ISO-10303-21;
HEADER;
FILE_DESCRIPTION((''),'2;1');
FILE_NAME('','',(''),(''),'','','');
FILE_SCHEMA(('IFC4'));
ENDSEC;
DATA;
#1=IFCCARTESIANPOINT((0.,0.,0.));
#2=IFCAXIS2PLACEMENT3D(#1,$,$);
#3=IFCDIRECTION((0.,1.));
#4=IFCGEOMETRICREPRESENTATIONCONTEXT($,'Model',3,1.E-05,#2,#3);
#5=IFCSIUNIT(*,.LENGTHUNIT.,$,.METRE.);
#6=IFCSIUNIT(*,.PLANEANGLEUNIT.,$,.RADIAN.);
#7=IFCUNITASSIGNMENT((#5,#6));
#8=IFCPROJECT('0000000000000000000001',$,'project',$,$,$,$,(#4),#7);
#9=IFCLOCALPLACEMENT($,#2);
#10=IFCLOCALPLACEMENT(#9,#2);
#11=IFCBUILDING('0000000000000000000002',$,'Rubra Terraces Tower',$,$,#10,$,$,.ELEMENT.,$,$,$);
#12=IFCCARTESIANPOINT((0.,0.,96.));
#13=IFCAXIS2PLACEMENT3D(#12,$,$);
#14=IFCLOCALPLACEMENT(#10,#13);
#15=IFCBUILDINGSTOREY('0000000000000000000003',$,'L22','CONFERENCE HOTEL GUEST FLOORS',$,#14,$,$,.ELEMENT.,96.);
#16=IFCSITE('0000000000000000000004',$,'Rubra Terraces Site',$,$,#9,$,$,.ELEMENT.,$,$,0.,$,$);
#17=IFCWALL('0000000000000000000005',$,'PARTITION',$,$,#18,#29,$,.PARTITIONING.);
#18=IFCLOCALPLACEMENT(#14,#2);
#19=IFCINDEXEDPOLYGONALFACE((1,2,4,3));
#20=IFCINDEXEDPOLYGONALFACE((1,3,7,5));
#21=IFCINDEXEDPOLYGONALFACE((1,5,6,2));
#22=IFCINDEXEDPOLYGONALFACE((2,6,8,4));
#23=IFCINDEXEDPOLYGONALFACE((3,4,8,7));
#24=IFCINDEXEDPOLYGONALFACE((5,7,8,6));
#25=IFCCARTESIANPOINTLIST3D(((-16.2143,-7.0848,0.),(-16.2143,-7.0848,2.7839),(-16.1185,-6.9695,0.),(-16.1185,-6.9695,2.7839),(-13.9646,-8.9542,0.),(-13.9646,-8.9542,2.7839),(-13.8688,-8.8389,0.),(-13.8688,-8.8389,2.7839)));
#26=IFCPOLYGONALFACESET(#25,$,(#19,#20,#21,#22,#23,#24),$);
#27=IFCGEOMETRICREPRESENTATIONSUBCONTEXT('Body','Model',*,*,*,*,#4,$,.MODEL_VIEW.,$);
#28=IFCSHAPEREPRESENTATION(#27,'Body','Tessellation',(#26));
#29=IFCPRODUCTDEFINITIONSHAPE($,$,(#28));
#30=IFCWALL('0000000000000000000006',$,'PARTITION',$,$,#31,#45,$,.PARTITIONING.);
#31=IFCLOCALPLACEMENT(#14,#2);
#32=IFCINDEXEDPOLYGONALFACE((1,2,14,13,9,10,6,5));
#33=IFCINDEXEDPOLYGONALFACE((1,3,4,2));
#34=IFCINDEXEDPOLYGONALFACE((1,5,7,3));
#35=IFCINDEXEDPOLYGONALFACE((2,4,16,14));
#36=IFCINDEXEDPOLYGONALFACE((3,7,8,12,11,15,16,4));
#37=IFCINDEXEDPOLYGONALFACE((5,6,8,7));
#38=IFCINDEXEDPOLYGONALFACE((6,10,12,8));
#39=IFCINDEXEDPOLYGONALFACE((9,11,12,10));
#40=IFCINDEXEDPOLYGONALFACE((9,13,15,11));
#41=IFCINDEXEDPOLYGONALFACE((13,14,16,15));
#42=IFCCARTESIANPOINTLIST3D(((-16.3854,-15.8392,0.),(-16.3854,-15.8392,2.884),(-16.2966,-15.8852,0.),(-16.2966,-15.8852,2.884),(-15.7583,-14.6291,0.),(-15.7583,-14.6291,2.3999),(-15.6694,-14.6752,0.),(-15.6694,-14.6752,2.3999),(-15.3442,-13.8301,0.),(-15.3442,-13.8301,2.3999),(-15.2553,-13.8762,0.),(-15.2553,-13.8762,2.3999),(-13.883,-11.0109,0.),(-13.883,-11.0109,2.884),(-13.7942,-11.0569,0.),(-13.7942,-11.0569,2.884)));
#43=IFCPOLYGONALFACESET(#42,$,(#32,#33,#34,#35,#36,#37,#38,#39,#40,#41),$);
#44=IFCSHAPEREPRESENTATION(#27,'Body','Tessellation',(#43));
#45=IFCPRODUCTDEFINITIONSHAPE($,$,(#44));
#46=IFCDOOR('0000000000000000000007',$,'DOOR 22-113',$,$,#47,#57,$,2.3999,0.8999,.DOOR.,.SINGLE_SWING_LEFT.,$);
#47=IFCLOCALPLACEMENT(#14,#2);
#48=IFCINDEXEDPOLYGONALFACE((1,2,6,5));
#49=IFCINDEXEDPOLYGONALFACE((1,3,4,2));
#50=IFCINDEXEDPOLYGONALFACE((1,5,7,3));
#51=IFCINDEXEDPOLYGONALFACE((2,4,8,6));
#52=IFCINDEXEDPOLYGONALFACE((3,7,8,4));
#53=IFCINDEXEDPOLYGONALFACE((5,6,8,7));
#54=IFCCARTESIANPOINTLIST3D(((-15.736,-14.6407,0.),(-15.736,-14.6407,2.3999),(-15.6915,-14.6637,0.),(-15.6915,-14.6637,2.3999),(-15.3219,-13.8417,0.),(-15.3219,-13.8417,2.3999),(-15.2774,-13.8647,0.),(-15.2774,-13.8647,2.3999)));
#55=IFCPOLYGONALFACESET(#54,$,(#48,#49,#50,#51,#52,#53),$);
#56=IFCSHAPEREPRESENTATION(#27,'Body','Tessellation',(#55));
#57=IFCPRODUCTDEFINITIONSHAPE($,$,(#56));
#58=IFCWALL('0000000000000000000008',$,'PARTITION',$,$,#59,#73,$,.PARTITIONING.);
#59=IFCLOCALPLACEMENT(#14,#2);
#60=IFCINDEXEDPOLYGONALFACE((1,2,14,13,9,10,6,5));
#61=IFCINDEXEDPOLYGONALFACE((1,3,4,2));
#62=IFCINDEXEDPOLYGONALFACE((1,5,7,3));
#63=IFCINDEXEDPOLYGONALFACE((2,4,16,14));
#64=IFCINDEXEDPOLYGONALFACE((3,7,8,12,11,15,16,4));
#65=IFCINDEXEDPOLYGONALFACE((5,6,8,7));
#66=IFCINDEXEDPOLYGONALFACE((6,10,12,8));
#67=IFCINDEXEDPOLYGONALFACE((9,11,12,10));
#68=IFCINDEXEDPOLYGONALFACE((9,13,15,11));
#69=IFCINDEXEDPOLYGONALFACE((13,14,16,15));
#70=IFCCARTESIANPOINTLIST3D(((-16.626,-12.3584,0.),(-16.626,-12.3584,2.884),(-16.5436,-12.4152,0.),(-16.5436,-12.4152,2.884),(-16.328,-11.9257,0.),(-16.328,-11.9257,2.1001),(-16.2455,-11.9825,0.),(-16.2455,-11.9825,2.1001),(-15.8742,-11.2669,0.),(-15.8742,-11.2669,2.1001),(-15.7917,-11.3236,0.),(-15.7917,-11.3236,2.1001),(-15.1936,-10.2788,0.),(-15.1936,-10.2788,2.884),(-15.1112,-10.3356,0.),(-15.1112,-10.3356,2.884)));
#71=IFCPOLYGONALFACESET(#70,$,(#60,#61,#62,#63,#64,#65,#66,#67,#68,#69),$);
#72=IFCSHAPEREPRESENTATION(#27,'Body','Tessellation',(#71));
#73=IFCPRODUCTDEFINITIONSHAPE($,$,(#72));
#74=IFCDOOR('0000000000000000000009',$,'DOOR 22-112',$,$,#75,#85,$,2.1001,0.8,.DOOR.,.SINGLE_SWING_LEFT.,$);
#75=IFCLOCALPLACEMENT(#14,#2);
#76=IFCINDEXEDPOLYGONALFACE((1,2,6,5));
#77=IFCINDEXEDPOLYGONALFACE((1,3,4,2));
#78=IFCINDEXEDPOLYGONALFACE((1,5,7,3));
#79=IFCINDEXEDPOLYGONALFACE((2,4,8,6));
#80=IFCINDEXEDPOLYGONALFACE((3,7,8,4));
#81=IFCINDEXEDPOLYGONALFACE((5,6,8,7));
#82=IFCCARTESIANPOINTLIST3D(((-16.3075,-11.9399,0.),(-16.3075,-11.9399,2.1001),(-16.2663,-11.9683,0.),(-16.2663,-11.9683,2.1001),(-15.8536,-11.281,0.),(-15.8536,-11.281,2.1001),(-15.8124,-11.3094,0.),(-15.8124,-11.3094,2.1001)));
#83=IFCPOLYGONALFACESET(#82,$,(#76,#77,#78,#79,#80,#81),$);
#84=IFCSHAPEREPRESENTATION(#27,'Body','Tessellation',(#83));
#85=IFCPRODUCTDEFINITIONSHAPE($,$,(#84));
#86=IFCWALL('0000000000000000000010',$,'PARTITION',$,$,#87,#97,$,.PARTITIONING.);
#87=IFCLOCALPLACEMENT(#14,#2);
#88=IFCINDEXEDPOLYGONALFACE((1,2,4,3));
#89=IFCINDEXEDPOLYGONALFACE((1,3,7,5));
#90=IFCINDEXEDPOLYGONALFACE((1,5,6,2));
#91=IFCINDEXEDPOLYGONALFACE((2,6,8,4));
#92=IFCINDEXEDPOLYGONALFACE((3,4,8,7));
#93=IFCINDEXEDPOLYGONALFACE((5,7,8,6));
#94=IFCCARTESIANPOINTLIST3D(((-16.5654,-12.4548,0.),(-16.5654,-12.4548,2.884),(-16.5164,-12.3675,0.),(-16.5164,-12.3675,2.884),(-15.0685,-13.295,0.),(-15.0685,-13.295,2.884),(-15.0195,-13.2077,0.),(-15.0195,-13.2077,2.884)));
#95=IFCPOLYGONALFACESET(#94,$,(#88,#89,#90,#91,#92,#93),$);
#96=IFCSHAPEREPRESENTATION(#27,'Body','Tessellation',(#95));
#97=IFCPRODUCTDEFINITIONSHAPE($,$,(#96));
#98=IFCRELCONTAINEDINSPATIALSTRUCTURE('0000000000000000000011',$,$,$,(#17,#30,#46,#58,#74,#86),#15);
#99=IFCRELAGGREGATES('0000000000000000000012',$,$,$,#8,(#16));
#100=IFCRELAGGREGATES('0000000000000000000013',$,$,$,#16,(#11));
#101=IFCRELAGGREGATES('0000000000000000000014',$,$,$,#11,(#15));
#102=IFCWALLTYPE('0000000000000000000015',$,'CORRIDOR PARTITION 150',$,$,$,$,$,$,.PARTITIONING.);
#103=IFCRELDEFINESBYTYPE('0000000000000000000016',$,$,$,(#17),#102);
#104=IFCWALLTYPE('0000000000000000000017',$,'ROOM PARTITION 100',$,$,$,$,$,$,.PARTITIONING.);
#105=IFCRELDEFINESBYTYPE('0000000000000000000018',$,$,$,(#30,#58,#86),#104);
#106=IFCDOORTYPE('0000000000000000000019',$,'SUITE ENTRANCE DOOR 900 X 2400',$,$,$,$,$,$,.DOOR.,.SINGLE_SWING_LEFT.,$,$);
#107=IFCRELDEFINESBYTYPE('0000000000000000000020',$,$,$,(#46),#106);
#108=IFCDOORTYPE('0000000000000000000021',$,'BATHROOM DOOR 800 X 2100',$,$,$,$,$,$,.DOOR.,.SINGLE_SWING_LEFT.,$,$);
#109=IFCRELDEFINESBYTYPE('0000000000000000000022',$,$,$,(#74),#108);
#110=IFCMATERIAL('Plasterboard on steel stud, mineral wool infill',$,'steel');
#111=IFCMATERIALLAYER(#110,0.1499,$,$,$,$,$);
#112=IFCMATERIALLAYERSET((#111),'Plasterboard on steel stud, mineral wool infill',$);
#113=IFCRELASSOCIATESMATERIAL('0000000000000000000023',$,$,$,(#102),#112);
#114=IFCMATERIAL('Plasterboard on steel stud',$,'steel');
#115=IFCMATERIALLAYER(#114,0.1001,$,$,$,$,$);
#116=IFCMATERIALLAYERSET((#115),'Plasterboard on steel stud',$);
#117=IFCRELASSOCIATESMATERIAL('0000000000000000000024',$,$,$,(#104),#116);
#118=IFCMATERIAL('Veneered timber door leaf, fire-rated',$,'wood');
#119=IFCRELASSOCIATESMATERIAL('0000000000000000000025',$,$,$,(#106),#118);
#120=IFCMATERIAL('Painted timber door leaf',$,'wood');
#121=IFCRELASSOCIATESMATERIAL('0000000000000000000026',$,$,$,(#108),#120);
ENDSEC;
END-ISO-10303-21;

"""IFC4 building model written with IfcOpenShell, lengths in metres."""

from ifc_helpers import new_model, si_unit, direction, frame, frame_2d, origin, place, context, subcontext, project, spatial, rectangle, extrude, material, layer, layer_set, type_object, element, fill, save


model = new_model("IFC4")

# Units and contexts
model_context = context("Model", 3, precision=1e-05, world=origin(), true_north=direction((0.0, 1.0)))
body_context = subcontext(model_context, "Body", "Model", "MODEL_VIEW")
ifc_project = project(units=[si_unit("LENGTHUNIT", "METRE"), si_unit("PLANEANGLEUNIT", "RADIAN")], contexts=[model_context])

# Site, building, storey
site_placement = place(None, origin())
site = spatial("IfcSite", under=ifc_project, at=site_placement, Name="Rubra Terraces Site", CompositionType="ELEMENT", RefElevation=0.0)
building_placement = place(site_placement, origin())
building = spatial("IfcBuilding", under=site, at=building_placement, Name="Rubra Terraces Tower", CompositionType="ELEMENT")
storey_placement = place(building_placement, frame((0.0, 0.0, 96.0)))
storey = spatial("IfcBuildingStorey", under=building, at=storey_placement, Name="L22", Description="CONFERENCE HOTEL GUEST FLOORS", CompositionType="ELEMENT", Elevation=96.0)

# Shared definitions
ifc_material_1 = material(Name="Plasterboard on steel stud, mineral wool infill", Category="steel")
ifc_layer_1 = layer(ifc_material_1, 0.1499)
ifc_layer_set_1 = layer_set([ifc_layer_1], Name="Plasterboard on steel stud, mineral wool infill")
wall_type_1 = type_object("IfcWallType", Name="CORRIDOR PARTITION 150", PredefinedType="PARTITIONING", material=ifc_layer_set_1)
ifc_material_2 = material(Name="Painted timber door leaf", Category="wood")

# Wall
wall_1_placement = place(storey_placement, frame((-13.9167, -8.8965, 0.0), z_axis=(0.0, 0.0, 1.0), x_axis=(-0.76913, 0.639092, 0.0)))
element("IfcWall", 1, at=wall_1_placement, inside=storey, type_object=wall_type_1, Name="PARTITION", PredefinedType="PARTITIONING", context=body_context, shape_type="SweptSolid", body=[
    extrude(rectangle(XDim=2.925, YDim=0.1499, at=frame_2d((1.4624, 0.0))), origin(), (0.0, 0.0, 1.0), 2.7839),
])

# Walls, openings, doors
ifc_material_3 = material(Name="Plasterboard on steel stud", Category="steel")
ifc_layer_2 = layer(ifc_material_3, 0.1001)
ifc_layer_set_2 = layer_set([ifc_layer_2], Name="Plasterboard on steel stud")
wall_type_2 = type_object("IfcWallType", Name="ROOM PARTITION 100", PredefinedType="PARTITIONING", material=ifc_layer_set_2)
wall_2_placement = place(storey_placement, frame((-16.3411, -15.8623, 0.0), z_axis=(0.0, 0.0, 1.0), x_axis=(0.460149, 0.887841, 0.0)))
wall_2 = element("IfcWall", 2, at=wall_2_placement, inside=storey, type_object=wall_type_2, Name="PARTITION", PredefinedType="PARTITIONING", context=body_context, shape_type="SweptSolid", body=[
    extrude(rectangle(XDim=5.4382, YDim=0.1001, at=frame_2d((2.7192, 0.0))), origin(), (0.0, 0.0, 1.0), 2.884),
])
opening_1_placement = place(wall_2_placement, frame((1.363, 0.0, 0.0)))
opening_1 = element("IfcOpeningElement", 3, at=opening_1_placement, cuts=wall_2, PredefinedType="OPENING", context=body_context, shape_type="SweptSolid", body=[
    extrude(rectangle(XDim=0.8999, YDim=2.3999, at=frame_2d((0.45, 1.2))), frame((0.0, 0.0601, 0.0), z_axis=(0.0, -1.0, 0.0), x_axis=(1.0, 0.0, 0.0)), (0.0, 0.0, 1.0), 0.1201),
])
ifc_material_4 = material(Name="Veneered timber door leaf, fire-rated", Category="wood")
door_type_1 = type_object("IfcDoorType", Name="SUITE ENTRANCE DOOR 900 X 2400", OperationType="SINGLE_SWING_LEFT", PredefinedType="DOOR", material=ifc_material_4)
door_1_placement = place(opening_1_placement, origin())
door_1 = element("IfcDoor", 4, at=door_1_placement, inside=storey, type_object=door_type_1, Name="DOOR 22-113", OperationType="SINGLE_SWING_LEFT", OverallHeight=2.3999, OverallWidth=0.8999, PredefinedType="DOOR", context=body_context, shape_type="SweptSolid", body=[
    extrude(rectangle(XDim=0.8999, YDim=2.3999, at=frame_2d((0.45, 1.2))), frame((0.0, 0.0249, 0.0), z_axis=(0.0, -1.0, 0.0), x_axis=(1.0, 0.0, 0.0)), (0.0, 0.0, 1.0), 0.05),
])
fill(opening_1, door_1)
wall_3_placement = place(storey_placement, frame((-15.1523, -10.3071, 0.0), z_axis=(0.0, 0.0, 1.0), x_axis=(-0.567243, -0.823551, 0.0)))
wall_3 = element("IfcWall", 5, at=wall_3_placement, inside=storey, type_object=wall_type_2, Name="PARTITION", PredefinedType="PARTITIONING", context=body_context, shape_type="SweptSolid", body=[
    extrude(rectangle(XDim=2.5251, YDim=0.1001, at=frame_2d((1.2627, 0.0))), origin(), (0.0, 0.0, 1.0), 2.884),
])
opening_2_placement = place(wall_3_placement, frame((1.2, 0.0, 0.0)))
opening_2 = element("IfcOpeningElement", 6, at=opening_2_placement, cuts=wall_3, PredefinedType="OPENING", context=body_context, shape_type="SweptSolid", body=[
    extrude(rectangle(XDim=0.8, YDim=2.1001, at=frame_2d((0.3999, 1.05))), frame((0.0, 0.0601, 0.0), z_axis=(0.0, -1.0, 0.0), x_axis=(1.0, 0.0, 0.0)), (0.0, 0.0, 1.0), 0.1201),
])
door_type_2 = type_object("IfcDoorType", Name="BATHROOM DOOR 800 X 2100", OperationType="SINGLE_SWING_LEFT", PredefinedType="DOOR", material=ifc_material_2)
door_2_placement = place(opening_2_placement, origin())
door_2 = element("IfcDoor", 7, at=door_2_placement, inside=storey, type_object=door_type_2, Name="DOOR 22-112", OperationType="SINGLE_SWING_LEFT", OverallHeight=2.1001, OverallWidth=0.8, PredefinedType="DOOR", context=body_context, shape_type="SweptSolid", body=[
    extrude(rectangle(XDim=0.8, YDim=2.1001, at=frame_2d((0.3999, 1.05))), frame((0.0, 0.0249, 0.0), z_axis=(0.0, -1.0, 0.0), x_axis=(1.0, 0.0, 0.0)), (0.0, 0.0, 1.0), 0.05),
])
fill(opening_2, door_2)

# Wall
wall_4_placement = place(storey_placement, frame((-16.541, -12.4111, 0.0), z_axis=(0.0, 0.0, 1.0), x_axis=(0.872042, -0.48943, 0.0)))
element("IfcWall", 8, at=wall_4_placement, inside=storey, type_object=wall_type_2, Name="PARTITION", PredefinedType="PARTITIONING", context=body_context, shape_type="SweptSolid", body=[
    extrude(rectangle(XDim=1.7166, YDim=0.1001, at=frame_2d((0.8584, 0.0))), origin(), (0.0, 0.0, 1.0), 2.884),
])

save(model, "model.ifc")
